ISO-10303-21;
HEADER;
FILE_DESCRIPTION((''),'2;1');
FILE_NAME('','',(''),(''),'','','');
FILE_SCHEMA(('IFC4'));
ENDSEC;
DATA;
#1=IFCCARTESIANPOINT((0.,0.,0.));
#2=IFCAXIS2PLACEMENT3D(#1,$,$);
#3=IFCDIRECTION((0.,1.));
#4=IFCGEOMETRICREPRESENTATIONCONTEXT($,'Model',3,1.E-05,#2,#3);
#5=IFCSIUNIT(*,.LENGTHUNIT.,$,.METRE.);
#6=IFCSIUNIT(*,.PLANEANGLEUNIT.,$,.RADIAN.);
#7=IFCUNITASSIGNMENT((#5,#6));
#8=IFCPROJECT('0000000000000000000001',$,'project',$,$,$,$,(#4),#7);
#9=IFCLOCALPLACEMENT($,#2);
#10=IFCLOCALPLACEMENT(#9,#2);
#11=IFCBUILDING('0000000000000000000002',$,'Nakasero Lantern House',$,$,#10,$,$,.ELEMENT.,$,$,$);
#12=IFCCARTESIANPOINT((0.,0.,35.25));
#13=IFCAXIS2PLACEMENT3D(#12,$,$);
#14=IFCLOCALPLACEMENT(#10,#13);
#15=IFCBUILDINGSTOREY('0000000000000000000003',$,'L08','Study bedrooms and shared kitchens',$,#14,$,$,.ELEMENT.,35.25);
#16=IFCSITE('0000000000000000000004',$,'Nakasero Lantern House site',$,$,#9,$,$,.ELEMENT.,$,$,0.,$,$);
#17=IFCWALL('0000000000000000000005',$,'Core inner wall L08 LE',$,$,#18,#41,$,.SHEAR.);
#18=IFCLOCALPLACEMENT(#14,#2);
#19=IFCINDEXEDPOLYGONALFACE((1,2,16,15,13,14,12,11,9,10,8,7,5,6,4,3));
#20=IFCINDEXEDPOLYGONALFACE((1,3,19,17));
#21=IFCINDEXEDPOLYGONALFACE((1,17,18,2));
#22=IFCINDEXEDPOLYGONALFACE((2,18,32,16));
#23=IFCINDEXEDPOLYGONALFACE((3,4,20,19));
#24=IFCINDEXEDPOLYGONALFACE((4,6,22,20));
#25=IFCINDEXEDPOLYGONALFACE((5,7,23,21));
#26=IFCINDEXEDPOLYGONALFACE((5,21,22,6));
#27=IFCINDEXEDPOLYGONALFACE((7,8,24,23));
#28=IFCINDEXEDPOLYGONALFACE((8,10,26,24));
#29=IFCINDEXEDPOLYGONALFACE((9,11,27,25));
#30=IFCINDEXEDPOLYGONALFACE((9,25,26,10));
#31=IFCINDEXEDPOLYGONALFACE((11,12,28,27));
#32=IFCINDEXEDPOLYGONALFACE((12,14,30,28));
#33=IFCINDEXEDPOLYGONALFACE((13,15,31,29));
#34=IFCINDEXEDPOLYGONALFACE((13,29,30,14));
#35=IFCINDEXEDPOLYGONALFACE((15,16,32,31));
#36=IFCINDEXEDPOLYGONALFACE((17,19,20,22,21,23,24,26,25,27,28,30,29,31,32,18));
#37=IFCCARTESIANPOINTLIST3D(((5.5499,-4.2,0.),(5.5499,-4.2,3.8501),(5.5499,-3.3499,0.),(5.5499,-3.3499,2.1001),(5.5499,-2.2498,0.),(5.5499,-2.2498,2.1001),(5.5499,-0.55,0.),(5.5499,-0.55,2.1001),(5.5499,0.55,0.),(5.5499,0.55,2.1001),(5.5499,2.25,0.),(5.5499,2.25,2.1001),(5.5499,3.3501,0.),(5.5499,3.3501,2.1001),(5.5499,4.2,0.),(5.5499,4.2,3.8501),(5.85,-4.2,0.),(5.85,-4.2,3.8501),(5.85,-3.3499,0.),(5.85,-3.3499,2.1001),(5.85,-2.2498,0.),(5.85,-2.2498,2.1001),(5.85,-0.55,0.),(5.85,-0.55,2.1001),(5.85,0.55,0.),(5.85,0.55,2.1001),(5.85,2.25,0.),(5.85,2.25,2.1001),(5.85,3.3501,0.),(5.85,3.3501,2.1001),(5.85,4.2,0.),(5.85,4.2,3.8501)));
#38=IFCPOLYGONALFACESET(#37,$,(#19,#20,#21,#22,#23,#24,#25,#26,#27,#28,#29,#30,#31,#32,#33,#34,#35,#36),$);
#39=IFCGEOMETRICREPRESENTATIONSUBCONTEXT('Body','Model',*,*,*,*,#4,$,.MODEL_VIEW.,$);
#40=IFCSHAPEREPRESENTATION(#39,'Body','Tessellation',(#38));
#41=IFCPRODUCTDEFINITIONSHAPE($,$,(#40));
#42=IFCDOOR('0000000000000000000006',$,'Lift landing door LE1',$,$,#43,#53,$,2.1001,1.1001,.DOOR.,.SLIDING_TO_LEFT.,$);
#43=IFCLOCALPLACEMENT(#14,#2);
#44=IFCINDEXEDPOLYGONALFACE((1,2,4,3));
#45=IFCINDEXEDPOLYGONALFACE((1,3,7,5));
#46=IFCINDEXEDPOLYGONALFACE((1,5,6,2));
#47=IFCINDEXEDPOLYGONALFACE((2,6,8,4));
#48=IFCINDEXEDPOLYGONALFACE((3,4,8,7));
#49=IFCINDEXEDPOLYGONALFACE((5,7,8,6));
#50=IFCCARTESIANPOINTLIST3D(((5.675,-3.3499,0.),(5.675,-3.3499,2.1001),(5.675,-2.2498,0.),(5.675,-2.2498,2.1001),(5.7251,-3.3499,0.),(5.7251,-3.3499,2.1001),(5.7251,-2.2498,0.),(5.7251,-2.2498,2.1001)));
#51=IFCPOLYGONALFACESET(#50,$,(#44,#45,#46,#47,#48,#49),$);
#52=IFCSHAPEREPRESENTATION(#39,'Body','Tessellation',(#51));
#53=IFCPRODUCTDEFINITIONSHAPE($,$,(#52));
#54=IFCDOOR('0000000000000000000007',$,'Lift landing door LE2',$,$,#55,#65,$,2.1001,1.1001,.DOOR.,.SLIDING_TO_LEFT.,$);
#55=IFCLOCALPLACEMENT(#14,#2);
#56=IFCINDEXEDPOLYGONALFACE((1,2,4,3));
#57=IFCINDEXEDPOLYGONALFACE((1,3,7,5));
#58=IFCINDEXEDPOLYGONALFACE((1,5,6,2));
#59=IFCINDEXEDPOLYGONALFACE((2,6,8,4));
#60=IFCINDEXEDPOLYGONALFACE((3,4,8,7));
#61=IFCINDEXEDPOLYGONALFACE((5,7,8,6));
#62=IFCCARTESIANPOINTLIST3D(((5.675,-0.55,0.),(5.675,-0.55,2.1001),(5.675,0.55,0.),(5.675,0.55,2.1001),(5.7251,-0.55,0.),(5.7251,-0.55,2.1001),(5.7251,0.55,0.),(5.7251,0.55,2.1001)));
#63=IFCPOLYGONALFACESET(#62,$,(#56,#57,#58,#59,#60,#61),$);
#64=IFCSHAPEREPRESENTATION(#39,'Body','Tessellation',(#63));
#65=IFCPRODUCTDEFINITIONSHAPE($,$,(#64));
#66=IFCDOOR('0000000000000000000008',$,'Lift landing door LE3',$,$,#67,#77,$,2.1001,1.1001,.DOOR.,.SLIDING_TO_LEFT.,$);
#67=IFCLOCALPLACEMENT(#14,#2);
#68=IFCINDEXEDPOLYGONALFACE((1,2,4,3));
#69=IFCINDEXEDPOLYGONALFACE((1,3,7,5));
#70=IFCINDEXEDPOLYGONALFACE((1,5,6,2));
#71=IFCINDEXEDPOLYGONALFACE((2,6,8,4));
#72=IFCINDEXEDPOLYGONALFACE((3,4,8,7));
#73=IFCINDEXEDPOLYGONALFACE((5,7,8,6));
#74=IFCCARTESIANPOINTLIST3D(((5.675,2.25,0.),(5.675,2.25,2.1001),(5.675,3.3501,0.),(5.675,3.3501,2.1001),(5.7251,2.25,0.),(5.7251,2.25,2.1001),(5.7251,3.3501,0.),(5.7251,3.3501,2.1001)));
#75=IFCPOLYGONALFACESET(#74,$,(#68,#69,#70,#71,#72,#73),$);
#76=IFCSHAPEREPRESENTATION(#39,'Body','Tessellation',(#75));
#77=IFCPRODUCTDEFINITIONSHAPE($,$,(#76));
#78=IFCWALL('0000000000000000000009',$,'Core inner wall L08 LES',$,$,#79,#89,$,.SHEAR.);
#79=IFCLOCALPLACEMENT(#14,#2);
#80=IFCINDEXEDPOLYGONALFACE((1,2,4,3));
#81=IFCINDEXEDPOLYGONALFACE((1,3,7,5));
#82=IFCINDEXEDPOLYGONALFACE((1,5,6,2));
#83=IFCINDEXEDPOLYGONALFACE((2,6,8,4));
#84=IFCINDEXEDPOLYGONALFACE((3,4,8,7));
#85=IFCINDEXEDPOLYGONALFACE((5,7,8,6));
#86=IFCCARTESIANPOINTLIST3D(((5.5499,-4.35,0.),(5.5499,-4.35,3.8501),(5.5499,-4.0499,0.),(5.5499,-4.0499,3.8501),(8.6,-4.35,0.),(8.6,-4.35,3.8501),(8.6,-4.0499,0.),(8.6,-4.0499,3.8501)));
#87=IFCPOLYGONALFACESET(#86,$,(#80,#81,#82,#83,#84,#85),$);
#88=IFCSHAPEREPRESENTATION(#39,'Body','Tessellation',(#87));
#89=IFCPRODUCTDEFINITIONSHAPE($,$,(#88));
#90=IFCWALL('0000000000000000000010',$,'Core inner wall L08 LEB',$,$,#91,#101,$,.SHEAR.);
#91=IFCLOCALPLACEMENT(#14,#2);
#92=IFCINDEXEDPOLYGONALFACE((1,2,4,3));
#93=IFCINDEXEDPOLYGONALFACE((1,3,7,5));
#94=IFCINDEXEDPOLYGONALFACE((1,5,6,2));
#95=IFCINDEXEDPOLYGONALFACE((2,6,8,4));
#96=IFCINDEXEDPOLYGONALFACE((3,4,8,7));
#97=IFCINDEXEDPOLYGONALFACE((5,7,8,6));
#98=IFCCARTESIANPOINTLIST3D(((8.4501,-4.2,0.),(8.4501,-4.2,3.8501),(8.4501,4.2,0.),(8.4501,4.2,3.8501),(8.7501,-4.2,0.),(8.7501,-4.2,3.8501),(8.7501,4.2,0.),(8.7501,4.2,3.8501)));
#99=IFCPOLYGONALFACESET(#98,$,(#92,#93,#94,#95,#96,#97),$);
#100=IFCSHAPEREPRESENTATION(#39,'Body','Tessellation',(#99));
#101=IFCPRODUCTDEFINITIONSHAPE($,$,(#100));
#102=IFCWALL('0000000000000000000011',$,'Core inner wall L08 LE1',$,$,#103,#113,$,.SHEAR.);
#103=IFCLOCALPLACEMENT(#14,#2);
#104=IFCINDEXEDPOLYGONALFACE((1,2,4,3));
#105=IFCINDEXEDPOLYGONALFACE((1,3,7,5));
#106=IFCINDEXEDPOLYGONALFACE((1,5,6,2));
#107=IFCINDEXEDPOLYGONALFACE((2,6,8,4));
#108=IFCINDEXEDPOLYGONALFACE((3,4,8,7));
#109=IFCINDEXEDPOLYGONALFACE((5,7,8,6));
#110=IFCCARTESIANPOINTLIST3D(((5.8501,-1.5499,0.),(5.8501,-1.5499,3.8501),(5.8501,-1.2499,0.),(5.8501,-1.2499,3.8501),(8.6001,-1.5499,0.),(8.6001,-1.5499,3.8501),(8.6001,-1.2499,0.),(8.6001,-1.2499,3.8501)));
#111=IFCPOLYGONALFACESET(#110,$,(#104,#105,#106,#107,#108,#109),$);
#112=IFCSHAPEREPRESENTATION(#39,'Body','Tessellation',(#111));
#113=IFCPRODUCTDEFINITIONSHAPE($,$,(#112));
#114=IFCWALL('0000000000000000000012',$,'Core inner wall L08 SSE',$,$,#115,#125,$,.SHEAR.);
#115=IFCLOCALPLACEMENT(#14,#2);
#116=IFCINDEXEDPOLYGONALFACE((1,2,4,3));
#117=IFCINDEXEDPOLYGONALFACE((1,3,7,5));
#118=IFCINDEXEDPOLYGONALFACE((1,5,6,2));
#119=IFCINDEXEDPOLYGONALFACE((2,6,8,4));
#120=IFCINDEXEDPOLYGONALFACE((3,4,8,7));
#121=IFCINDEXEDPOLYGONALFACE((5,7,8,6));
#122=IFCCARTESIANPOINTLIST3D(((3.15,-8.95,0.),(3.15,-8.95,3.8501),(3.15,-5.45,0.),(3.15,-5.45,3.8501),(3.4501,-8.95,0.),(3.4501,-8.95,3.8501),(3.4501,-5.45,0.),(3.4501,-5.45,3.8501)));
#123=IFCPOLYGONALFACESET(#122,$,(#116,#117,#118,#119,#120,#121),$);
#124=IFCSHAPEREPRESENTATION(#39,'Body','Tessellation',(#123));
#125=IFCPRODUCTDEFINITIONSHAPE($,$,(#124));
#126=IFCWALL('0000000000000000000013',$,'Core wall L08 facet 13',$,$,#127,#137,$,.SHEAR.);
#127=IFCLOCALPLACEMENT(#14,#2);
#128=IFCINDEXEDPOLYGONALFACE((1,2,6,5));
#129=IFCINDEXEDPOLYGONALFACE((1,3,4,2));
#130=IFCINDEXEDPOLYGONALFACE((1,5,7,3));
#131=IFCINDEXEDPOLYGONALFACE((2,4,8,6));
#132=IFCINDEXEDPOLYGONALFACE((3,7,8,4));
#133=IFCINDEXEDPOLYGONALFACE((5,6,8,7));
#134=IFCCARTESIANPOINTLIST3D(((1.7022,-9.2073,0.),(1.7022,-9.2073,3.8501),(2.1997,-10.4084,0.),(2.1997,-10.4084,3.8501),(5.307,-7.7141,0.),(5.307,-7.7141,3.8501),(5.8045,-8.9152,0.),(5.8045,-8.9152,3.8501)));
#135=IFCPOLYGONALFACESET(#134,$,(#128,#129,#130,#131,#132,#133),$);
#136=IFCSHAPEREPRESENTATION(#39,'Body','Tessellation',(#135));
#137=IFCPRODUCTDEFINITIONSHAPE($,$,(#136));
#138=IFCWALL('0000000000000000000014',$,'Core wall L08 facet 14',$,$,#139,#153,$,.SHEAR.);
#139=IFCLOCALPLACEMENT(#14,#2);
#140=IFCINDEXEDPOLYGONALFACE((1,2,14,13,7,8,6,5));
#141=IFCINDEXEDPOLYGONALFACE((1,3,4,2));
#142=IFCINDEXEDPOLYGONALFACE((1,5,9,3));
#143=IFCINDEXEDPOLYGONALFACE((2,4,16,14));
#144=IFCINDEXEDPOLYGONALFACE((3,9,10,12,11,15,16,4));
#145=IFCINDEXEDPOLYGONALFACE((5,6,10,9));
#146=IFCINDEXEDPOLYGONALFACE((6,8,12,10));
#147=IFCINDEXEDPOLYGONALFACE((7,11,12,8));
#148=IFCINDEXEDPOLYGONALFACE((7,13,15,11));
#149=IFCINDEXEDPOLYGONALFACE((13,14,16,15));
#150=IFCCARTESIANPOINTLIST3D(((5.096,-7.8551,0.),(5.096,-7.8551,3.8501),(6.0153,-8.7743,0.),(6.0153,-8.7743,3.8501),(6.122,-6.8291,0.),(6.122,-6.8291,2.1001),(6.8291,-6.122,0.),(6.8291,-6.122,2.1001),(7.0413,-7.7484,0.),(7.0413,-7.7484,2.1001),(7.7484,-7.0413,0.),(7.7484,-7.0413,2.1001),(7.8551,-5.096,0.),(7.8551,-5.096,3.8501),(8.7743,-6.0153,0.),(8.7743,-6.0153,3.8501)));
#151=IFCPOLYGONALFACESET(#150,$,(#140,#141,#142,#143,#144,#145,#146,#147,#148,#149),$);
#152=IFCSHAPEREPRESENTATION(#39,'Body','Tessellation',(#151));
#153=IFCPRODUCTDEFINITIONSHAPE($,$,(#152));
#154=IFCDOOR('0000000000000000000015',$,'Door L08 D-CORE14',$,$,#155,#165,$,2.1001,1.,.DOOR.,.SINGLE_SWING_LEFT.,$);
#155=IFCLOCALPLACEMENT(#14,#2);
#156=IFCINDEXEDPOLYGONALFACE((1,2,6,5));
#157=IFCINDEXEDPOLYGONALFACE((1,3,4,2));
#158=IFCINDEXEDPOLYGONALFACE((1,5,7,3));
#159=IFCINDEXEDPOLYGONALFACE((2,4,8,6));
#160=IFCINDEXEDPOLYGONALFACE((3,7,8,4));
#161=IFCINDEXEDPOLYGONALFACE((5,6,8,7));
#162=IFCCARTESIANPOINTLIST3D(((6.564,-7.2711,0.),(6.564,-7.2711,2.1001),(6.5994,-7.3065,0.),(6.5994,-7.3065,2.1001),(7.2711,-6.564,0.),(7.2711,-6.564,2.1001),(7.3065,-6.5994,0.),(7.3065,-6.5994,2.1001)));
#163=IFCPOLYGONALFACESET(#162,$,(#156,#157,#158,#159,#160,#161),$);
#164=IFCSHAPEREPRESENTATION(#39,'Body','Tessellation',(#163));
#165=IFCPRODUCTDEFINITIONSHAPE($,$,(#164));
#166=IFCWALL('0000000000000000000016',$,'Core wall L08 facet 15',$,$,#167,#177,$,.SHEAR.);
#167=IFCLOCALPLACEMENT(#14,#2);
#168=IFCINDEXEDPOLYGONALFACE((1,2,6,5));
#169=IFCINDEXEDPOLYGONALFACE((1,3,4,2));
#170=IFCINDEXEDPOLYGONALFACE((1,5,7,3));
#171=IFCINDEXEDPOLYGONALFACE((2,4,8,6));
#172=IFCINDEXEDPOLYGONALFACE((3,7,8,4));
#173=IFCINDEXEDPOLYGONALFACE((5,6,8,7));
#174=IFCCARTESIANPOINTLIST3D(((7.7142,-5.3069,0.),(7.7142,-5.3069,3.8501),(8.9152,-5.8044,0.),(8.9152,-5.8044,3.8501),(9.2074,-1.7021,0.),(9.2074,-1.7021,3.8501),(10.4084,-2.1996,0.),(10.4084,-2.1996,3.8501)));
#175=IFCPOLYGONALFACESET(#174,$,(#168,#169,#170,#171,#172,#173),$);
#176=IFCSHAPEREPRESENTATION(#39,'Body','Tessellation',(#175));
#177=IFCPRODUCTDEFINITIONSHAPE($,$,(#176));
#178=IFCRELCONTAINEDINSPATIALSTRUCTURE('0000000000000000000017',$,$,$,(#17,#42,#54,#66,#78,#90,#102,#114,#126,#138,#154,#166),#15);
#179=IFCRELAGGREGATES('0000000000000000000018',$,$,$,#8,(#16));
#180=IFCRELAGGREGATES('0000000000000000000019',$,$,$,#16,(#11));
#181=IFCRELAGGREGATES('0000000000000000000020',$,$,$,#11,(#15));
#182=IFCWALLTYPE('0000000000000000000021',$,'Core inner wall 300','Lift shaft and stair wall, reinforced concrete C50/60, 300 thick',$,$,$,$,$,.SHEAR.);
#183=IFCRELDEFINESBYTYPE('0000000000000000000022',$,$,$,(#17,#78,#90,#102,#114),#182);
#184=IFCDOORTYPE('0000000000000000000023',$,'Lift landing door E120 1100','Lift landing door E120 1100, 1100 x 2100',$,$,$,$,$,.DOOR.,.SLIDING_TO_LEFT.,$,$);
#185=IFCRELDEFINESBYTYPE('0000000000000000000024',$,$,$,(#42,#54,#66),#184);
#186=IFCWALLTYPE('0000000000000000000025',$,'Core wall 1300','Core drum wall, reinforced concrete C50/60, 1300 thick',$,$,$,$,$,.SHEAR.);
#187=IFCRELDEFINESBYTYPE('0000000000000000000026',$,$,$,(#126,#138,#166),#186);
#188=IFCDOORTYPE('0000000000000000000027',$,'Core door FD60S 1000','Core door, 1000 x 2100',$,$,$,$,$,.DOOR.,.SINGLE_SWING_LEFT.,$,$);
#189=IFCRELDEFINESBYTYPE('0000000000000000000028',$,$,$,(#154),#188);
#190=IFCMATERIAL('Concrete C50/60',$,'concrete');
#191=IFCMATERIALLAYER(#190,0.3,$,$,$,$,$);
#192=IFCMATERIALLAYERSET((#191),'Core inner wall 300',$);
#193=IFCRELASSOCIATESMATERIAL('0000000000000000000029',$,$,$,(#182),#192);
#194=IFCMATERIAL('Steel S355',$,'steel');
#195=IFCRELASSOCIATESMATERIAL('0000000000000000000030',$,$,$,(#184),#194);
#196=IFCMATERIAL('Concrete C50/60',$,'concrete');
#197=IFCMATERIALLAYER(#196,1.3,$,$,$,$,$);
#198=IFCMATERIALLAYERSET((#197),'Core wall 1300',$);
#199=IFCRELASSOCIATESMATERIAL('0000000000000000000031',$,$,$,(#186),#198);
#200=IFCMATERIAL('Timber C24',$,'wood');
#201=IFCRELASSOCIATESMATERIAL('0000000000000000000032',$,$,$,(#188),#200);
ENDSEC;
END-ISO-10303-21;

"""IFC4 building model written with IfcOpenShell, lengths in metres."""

from ifc_helpers import new_model, si_unit, direction, frame, frame_2d, origin, place, context, subcontext, project, spatial, rectangle, extrude, material, layer, layer_set, type_object, element, fill, save


model = new_model("IFC4")

# Units and contexts
model_context = context("Model", 3, precision=1e-05, world=origin(), true_north=direction((0.0, 1.0)))
body_context = subcontext(model_context, "Body", "Model", "MODEL_VIEW")
ifc_project = project(units=[si_unit("LENGTHUNIT", "METRE"), si_unit("PLANEANGLEUNIT", "RADIAN")], contexts=[model_context])

# Site, building, storey
site_placement = place(None, origin())
site = spatial("IfcSite", under=ifc_project, at=site_placement, Name="Nakasero Lantern House site", CompositionType="ELEMENT", RefElevation=0.0)
building_placement = place(site_placement, origin())
building = spatial("IfcBuilding", under=site, at=building_placement, Name="Nakasero Lantern House", CompositionType="ELEMENT")
storey_placement = place(building_placement, frame((0.0, 0.0, 35.25)))
storey = spatial("IfcBuildingStorey", under=building, at=storey_placement, Name="L08", Description="Study bedrooms and shared kitchens", CompositionType="ELEMENT", Elevation=35.25)

# Wall, openings, doors
ifc_material_1 = material(Name="Concrete C50/60", Category="concrete")
ifc_layer_1 = layer(ifc_material_1, 0.3)
ifc_layer_set_1 = layer_set([ifc_layer_1], Name="Core inner wall 300")
wall_type_1 = type_object("IfcWallType", Name="Core inner wall 300", Description="Lift shaft and stair wall, reinforced concrete C50/60, 300 thick", PredefinedType="SHEAR", material=ifc_layer_set_1)
wall_1_placement = place(storey_placement, frame((5.7, -4.2, 0.0), z_axis=(0.0, 0.0, 1.0), x_axis=(0.0, 1.0, 0.0)))
wall_1 = element("IfcWall", 1, at=wall_1_placement, inside=storey, type_object=wall_type_1, Name="Core inner wall L08 LE", PredefinedType="SHEAR", context=body_context, shape_type="SweptSolid", body=[
    extrude(rectangle(XDim=8.3999, YDim=0.3, at=frame_2d((4.2, 0.0))), origin(), (0.0, 0.0, 1.0), 3.8501),
])
opening_1_placement = place(wall_1_placement, frame((0.8501, 0.0, 0.0)))
opening_1 = element("IfcOpeningElement", 2, at=opening_1_placement, cuts=wall_1, PredefinedType="OPENING", context=body_context, shape_type="SweptSolid", body=[
    extrude(rectangle(XDim=1.1001, YDim=2.1001, at=frame_2d((0.55, 1.05))), frame((0.0, 0.1699, 0.0), z_axis=(0.0, -1.0, 0.0), x_axis=(1.0, 0.0, 0.0)), (0.0, 0.0, 1.0), 0.3401),
])
opening_2_placement = place(wall_1_placement, frame((3.6499, 0.0, 0.0)))
opening_2 = element("IfcOpeningElement", 3, at=opening_2_placement, cuts=wall_1, PredefinedType="OPENING", context=body_context, shape_type="SweptSolid", body=[
    extrude(rectangle(XDim=1.1001, YDim=2.1001, at=frame_2d((0.55, 1.05))), frame((0.0, 0.1699, 0.0), z_axis=(0.0, -1.0, 0.0), x_axis=(1.0, 0.0, 0.0)), (0.0, 0.0, 1.0), 0.3401),
])
opening_3_placement = place(wall_1_placement, frame((6.45, 0.0, 0.0)))
opening_3 = element("IfcOpeningElement", 4, at=opening_3_placement, cuts=wall_1, PredefinedType="OPENING", context=body_context, shape_type="SweptSolid", body=[
    extrude(rectangle(XDim=1.1001, YDim=2.1001, at=frame_2d((0.55, 1.05))), frame((0.0, 0.1699, 0.0), z_axis=(0.0, -1.0, 0.0), x_axis=(1.0, 0.0, 0.0)), (0.0, 0.0, 1.0), 0.3401),
])
ifc_material_2 = material(Name="Steel S355", Category="steel")
door_type_1 = type_object("IfcDoorType", Name="Lift landing door E120 1100", Description="Lift landing door E120 1100, 1100 x 2100", OperationType="SLIDING_TO_LEFT", PredefinedType="DOOR", material=ifc_material_2)
door_1_placement = place(opening_1_placement, origin())
door_1 = element("IfcDoor", 5, at=door_1_placement, inside=storey, type_object=door_type_1, Name="Lift landing door LE1", OperationType="SLIDING_TO_LEFT", OverallHeight=2.1001, OverallWidth=1.1001, PredefinedType="DOOR", context=body_context, shape_type="SweptSolid", body=[
    extrude(rectangle(XDim=1.1001, YDim=2.1001, at=frame_2d((0.55, 1.05))), frame((0.0, 0.0249, 0.0), z_axis=(0.0, -1.0, 0.0), x_axis=(1.0, 0.0, 0.0)), (0.0, 0.0, 1.0), 0.05),
])
fill(opening_1, door_1)
door_2_placement = place(opening_2_placement, origin())
door_2 = element("IfcDoor", 6, at=door_2_placement, inside=storey, type_object=door_type_1, Name="Lift landing door LE2", OperationType="SLIDING_TO_LEFT", OverallHeight=2.1001, OverallWidth=1.1001, PredefinedType="DOOR", context=body_context, shape_type="SweptSolid", body=[
    extrude(rectangle(XDim=1.1001, YDim=2.1001, at=frame_2d((0.55, 1.05))), frame((0.0, 0.0249, 0.0), z_axis=(0.0, -1.0, 0.0), x_axis=(1.0, 0.0, 0.0)), (0.0, 0.0, 1.0), 0.05),
])
fill(opening_2, door_2)
door_3_placement = place(opening_3_placement, origin())
door_3 = element("IfcDoor", 7, at=door_3_placement, inside=storey, type_object=door_type_1, Name="Lift landing door LE3", OperationType="SLIDING_TO_LEFT", OverallHeight=2.1001, OverallWidth=1.1001, PredefinedType="DOOR", context=body_context, shape_type="SweptSolid", body=[
    extrude(rectangle(XDim=1.1001, YDim=2.1001, at=frame_2d((0.55, 1.05))), frame((0.0, 0.0249, 0.0), z_axis=(0.0, -1.0, 0.0), x_axis=(1.0, 0.0, 0.0)), (0.0, 0.0, 1.0), 0.05),
])
fill(opening_3, door_3)

# Walls
wall_2_placement = place(storey_placement, frame((5.55, -4.2, 0.0), z_axis=(0.0, 0.0, 1.0), x_axis=(1.0, 0.0, 0.0)))
element("IfcWall", 8, at=wall_2_placement, inside=storey, type_object=wall_type_1, Name="Core inner wall L08 LES", PredefinedType="SHEAR", context=body_context, shape_type="SweptSolid", body=[
    extrude(rectangle(XDim=3.05, YDim=0.3, at=frame_2d((1.5249, 0.0))), origin(), (0.0, 0.0, 1.0), 3.8501),
])
wall_3_placement = place(storey_placement, frame((8.6001, -4.2, 0.0), z_axis=(0.0, 0.0, 1.0), x_axis=(0.0, 1.0, 0.0)))
element("IfcWall", 9, at=wall_3_placement, inside=storey, type_object=wall_type_1, Name="Core inner wall L08 LEB", PredefinedType="SHEAR", context=body_context, shape_type="SweptSolid", body=[
    extrude(rectangle(XDim=8.3999, YDim=0.3, at=frame_2d((4.2, 0.0))), origin(), (0.0, 0.0, 1.0), 3.8501),
])
wall_4_placement = place(storey_placement, frame((5.8501, -1.3999, 0.0), z_axis=(0.0, 0.0, 1.0), x_axis=(1.0, 0.0, 0.0)))
element("IfcWall", 10, at=wall_4_placement, inside=storey, type_object=wall_type_1, Name="Core inner wall L08 LE1", PredefinedType="SHEAR", context=body_context, shape_type="SweptSolid", body=[
    extrude(rectangle(XDim=2.75, YDim=0.3, at=frame_2d((1.375, 0.0))), origin(), (0.0, 0.0, 1.0), 3.8501),
])
wall_5_placement = place(storey_placement, frame((3.3, -5.45, 0.0), z_axis=(0.0, 0.0, 1.0), x_axis=(0.0, -1.0, 0.0)))
element("IfcWall", 11, at=wall_5_placement, inside=storey, type_object=wall_type_1, Name="Core inner wall L08 SSE", PredefinedType="SHEAR", context=body_context, shape_type="SweptSolid", body=[
    extrude(rectangle(XDim=3.5, YDim=0.3, at=frame_2d((1.75, 0.0))), origin(), (0.0, 0.0, 1.0), 3.8501),
])
ifc_material_3 = material(Name="Concrete C50/60", Category="concrete")
ifc_layer_2 = layer(ifc_material_3, 1.3)
ifc_layer_set_2 = layer_set([ifc_layer_2], Name="Core wall 1300")
wall_type_2 = type_object("IfcWallType", Name="Core wall 1300", Description="Core drum wall, reinforced concrete C50/60, 1300 thick", PredefinedType="SHEAR", material=ifc_layer_set_2)
wall_6_placement = place(storey_placement, frame((1.9509, -9.8079, 0.0), z_axis=(0.0, 0.0, 1.0), x_axis=(0.923877, 0.382691, 0.0)))
element("IfcWall", 12, at=wall_6_placement, inside=storey, type_object=wall_type_2, Name="Core wall L08 facet 13", PredefinedType="SHEAR", context=body_context, shape_type="SweptSolid", body=[
    extrude(rectangle(XDim=3.9019, YDim=1.3, at=frame_2d((1.9509, 0.0))), origin(), (0.0, 0.0, 1.0), 3.8501),
])

# Wall, opening, door
wall_7_placement = place(storey_placement, frame((5.5557, -8.3147, 0.0), z_axis=(0.0, 0.0, 1.0), x_axis=(0.707107, 0.707107, 0.0)))
wall_7 = element("IfcWall", 13, at=wall_7_placement, inside=storey, type_object=wall_type_2, Name="Core wall L08 facet 14", PredefinedType="SHEAR", context=body_context, shape_type="SweptSolid", body=[
    extrude(rectangle(XDim=3.9019, YDim=1.3, at=frame_2d((1.9509, 0.0))), origin(), (0.0, 0.0, 1.0), 3.8501),
])
opening_4_placement = place(wall_7_placement, frame((1.4509, 0.0, 0.0)))
opening_4 = element("IfcOpeningElement", 14, at=opening_4_placement, cuts=wall_7, PredefinedType="OPENING", context=body_context, shape_type="SweptSolid", body=[
    extrude(rectangle(XDim=1.0, YDim=2.1001, at=frame_2d((0.5, 1.05))), frame((0.0, 0.6699, 0.0), z_axis=(0.0, -1.0, 0.0), x_axis=(1.0, 0.0, 0.0)), (0.0, 0.0, 1.0), 1.3401),
])
ifc_material_4 = material(Name="Timber C24", Category="wood")
door_type_2 = type_object("IfcDoorType", Name="Core door FD60S 1000", Description="Core door, 1000 x 2100", OperationType="SINGLE_SWING_LEFT", PredefinedType="DOOR", material=ifc_material_4)
door_4_placement = place(opening_4_placement, origin())
door_4 = element("IfcDoor", 15, at=door_4_placement, inside=storey, type_object=door_type_2, Name="Door L08 D-CORE14", OperationType="SINGLE_SWING_LEFT", OverallHeight=2.1001, OverallWidth=1.0, PredefinedType="DOOR", context=body_context, shape_type="SweptSolid", body=[
    extrude(rectangle(XDim=1.0, YDim=2.1001, at=frame_2d((0.5, 1.05))), frame((0.0, 0.0249, 0.0), z_axis=(0.0, -1.0, 0.0), x_axis=(1.0, 0.0, 0.0)), (0.0, 0.0, 1.0), 0.05),
])
fill(opening_4, door_4)

# Wall
for number, where, z_axis, x_axis, name in (
    (16, (8.3147, -5.5557, 0.0), (0.0, 0.0, 1.0), (0.382691, 0.923877, 0.0), "Core wall L08 facet 15"),
):
    element("IfcWall", number, at=place(storey_placement, frame(where, z_axis=z_axis, x_axis=x_axis)), inside=storey, type_object=wall_type_2, Name=name, PredefinedType="SHEAR", context=body_context, shape_type="SweptSolid", body=[
        extrude(rectangle(XDim=3.9019, YDim=1.3, at=frame_2d((1.9509, 0.0))), origin(), (0.0, 0.0, 1.0), 3.8501),
    ])

save(model, "model.ifc")
